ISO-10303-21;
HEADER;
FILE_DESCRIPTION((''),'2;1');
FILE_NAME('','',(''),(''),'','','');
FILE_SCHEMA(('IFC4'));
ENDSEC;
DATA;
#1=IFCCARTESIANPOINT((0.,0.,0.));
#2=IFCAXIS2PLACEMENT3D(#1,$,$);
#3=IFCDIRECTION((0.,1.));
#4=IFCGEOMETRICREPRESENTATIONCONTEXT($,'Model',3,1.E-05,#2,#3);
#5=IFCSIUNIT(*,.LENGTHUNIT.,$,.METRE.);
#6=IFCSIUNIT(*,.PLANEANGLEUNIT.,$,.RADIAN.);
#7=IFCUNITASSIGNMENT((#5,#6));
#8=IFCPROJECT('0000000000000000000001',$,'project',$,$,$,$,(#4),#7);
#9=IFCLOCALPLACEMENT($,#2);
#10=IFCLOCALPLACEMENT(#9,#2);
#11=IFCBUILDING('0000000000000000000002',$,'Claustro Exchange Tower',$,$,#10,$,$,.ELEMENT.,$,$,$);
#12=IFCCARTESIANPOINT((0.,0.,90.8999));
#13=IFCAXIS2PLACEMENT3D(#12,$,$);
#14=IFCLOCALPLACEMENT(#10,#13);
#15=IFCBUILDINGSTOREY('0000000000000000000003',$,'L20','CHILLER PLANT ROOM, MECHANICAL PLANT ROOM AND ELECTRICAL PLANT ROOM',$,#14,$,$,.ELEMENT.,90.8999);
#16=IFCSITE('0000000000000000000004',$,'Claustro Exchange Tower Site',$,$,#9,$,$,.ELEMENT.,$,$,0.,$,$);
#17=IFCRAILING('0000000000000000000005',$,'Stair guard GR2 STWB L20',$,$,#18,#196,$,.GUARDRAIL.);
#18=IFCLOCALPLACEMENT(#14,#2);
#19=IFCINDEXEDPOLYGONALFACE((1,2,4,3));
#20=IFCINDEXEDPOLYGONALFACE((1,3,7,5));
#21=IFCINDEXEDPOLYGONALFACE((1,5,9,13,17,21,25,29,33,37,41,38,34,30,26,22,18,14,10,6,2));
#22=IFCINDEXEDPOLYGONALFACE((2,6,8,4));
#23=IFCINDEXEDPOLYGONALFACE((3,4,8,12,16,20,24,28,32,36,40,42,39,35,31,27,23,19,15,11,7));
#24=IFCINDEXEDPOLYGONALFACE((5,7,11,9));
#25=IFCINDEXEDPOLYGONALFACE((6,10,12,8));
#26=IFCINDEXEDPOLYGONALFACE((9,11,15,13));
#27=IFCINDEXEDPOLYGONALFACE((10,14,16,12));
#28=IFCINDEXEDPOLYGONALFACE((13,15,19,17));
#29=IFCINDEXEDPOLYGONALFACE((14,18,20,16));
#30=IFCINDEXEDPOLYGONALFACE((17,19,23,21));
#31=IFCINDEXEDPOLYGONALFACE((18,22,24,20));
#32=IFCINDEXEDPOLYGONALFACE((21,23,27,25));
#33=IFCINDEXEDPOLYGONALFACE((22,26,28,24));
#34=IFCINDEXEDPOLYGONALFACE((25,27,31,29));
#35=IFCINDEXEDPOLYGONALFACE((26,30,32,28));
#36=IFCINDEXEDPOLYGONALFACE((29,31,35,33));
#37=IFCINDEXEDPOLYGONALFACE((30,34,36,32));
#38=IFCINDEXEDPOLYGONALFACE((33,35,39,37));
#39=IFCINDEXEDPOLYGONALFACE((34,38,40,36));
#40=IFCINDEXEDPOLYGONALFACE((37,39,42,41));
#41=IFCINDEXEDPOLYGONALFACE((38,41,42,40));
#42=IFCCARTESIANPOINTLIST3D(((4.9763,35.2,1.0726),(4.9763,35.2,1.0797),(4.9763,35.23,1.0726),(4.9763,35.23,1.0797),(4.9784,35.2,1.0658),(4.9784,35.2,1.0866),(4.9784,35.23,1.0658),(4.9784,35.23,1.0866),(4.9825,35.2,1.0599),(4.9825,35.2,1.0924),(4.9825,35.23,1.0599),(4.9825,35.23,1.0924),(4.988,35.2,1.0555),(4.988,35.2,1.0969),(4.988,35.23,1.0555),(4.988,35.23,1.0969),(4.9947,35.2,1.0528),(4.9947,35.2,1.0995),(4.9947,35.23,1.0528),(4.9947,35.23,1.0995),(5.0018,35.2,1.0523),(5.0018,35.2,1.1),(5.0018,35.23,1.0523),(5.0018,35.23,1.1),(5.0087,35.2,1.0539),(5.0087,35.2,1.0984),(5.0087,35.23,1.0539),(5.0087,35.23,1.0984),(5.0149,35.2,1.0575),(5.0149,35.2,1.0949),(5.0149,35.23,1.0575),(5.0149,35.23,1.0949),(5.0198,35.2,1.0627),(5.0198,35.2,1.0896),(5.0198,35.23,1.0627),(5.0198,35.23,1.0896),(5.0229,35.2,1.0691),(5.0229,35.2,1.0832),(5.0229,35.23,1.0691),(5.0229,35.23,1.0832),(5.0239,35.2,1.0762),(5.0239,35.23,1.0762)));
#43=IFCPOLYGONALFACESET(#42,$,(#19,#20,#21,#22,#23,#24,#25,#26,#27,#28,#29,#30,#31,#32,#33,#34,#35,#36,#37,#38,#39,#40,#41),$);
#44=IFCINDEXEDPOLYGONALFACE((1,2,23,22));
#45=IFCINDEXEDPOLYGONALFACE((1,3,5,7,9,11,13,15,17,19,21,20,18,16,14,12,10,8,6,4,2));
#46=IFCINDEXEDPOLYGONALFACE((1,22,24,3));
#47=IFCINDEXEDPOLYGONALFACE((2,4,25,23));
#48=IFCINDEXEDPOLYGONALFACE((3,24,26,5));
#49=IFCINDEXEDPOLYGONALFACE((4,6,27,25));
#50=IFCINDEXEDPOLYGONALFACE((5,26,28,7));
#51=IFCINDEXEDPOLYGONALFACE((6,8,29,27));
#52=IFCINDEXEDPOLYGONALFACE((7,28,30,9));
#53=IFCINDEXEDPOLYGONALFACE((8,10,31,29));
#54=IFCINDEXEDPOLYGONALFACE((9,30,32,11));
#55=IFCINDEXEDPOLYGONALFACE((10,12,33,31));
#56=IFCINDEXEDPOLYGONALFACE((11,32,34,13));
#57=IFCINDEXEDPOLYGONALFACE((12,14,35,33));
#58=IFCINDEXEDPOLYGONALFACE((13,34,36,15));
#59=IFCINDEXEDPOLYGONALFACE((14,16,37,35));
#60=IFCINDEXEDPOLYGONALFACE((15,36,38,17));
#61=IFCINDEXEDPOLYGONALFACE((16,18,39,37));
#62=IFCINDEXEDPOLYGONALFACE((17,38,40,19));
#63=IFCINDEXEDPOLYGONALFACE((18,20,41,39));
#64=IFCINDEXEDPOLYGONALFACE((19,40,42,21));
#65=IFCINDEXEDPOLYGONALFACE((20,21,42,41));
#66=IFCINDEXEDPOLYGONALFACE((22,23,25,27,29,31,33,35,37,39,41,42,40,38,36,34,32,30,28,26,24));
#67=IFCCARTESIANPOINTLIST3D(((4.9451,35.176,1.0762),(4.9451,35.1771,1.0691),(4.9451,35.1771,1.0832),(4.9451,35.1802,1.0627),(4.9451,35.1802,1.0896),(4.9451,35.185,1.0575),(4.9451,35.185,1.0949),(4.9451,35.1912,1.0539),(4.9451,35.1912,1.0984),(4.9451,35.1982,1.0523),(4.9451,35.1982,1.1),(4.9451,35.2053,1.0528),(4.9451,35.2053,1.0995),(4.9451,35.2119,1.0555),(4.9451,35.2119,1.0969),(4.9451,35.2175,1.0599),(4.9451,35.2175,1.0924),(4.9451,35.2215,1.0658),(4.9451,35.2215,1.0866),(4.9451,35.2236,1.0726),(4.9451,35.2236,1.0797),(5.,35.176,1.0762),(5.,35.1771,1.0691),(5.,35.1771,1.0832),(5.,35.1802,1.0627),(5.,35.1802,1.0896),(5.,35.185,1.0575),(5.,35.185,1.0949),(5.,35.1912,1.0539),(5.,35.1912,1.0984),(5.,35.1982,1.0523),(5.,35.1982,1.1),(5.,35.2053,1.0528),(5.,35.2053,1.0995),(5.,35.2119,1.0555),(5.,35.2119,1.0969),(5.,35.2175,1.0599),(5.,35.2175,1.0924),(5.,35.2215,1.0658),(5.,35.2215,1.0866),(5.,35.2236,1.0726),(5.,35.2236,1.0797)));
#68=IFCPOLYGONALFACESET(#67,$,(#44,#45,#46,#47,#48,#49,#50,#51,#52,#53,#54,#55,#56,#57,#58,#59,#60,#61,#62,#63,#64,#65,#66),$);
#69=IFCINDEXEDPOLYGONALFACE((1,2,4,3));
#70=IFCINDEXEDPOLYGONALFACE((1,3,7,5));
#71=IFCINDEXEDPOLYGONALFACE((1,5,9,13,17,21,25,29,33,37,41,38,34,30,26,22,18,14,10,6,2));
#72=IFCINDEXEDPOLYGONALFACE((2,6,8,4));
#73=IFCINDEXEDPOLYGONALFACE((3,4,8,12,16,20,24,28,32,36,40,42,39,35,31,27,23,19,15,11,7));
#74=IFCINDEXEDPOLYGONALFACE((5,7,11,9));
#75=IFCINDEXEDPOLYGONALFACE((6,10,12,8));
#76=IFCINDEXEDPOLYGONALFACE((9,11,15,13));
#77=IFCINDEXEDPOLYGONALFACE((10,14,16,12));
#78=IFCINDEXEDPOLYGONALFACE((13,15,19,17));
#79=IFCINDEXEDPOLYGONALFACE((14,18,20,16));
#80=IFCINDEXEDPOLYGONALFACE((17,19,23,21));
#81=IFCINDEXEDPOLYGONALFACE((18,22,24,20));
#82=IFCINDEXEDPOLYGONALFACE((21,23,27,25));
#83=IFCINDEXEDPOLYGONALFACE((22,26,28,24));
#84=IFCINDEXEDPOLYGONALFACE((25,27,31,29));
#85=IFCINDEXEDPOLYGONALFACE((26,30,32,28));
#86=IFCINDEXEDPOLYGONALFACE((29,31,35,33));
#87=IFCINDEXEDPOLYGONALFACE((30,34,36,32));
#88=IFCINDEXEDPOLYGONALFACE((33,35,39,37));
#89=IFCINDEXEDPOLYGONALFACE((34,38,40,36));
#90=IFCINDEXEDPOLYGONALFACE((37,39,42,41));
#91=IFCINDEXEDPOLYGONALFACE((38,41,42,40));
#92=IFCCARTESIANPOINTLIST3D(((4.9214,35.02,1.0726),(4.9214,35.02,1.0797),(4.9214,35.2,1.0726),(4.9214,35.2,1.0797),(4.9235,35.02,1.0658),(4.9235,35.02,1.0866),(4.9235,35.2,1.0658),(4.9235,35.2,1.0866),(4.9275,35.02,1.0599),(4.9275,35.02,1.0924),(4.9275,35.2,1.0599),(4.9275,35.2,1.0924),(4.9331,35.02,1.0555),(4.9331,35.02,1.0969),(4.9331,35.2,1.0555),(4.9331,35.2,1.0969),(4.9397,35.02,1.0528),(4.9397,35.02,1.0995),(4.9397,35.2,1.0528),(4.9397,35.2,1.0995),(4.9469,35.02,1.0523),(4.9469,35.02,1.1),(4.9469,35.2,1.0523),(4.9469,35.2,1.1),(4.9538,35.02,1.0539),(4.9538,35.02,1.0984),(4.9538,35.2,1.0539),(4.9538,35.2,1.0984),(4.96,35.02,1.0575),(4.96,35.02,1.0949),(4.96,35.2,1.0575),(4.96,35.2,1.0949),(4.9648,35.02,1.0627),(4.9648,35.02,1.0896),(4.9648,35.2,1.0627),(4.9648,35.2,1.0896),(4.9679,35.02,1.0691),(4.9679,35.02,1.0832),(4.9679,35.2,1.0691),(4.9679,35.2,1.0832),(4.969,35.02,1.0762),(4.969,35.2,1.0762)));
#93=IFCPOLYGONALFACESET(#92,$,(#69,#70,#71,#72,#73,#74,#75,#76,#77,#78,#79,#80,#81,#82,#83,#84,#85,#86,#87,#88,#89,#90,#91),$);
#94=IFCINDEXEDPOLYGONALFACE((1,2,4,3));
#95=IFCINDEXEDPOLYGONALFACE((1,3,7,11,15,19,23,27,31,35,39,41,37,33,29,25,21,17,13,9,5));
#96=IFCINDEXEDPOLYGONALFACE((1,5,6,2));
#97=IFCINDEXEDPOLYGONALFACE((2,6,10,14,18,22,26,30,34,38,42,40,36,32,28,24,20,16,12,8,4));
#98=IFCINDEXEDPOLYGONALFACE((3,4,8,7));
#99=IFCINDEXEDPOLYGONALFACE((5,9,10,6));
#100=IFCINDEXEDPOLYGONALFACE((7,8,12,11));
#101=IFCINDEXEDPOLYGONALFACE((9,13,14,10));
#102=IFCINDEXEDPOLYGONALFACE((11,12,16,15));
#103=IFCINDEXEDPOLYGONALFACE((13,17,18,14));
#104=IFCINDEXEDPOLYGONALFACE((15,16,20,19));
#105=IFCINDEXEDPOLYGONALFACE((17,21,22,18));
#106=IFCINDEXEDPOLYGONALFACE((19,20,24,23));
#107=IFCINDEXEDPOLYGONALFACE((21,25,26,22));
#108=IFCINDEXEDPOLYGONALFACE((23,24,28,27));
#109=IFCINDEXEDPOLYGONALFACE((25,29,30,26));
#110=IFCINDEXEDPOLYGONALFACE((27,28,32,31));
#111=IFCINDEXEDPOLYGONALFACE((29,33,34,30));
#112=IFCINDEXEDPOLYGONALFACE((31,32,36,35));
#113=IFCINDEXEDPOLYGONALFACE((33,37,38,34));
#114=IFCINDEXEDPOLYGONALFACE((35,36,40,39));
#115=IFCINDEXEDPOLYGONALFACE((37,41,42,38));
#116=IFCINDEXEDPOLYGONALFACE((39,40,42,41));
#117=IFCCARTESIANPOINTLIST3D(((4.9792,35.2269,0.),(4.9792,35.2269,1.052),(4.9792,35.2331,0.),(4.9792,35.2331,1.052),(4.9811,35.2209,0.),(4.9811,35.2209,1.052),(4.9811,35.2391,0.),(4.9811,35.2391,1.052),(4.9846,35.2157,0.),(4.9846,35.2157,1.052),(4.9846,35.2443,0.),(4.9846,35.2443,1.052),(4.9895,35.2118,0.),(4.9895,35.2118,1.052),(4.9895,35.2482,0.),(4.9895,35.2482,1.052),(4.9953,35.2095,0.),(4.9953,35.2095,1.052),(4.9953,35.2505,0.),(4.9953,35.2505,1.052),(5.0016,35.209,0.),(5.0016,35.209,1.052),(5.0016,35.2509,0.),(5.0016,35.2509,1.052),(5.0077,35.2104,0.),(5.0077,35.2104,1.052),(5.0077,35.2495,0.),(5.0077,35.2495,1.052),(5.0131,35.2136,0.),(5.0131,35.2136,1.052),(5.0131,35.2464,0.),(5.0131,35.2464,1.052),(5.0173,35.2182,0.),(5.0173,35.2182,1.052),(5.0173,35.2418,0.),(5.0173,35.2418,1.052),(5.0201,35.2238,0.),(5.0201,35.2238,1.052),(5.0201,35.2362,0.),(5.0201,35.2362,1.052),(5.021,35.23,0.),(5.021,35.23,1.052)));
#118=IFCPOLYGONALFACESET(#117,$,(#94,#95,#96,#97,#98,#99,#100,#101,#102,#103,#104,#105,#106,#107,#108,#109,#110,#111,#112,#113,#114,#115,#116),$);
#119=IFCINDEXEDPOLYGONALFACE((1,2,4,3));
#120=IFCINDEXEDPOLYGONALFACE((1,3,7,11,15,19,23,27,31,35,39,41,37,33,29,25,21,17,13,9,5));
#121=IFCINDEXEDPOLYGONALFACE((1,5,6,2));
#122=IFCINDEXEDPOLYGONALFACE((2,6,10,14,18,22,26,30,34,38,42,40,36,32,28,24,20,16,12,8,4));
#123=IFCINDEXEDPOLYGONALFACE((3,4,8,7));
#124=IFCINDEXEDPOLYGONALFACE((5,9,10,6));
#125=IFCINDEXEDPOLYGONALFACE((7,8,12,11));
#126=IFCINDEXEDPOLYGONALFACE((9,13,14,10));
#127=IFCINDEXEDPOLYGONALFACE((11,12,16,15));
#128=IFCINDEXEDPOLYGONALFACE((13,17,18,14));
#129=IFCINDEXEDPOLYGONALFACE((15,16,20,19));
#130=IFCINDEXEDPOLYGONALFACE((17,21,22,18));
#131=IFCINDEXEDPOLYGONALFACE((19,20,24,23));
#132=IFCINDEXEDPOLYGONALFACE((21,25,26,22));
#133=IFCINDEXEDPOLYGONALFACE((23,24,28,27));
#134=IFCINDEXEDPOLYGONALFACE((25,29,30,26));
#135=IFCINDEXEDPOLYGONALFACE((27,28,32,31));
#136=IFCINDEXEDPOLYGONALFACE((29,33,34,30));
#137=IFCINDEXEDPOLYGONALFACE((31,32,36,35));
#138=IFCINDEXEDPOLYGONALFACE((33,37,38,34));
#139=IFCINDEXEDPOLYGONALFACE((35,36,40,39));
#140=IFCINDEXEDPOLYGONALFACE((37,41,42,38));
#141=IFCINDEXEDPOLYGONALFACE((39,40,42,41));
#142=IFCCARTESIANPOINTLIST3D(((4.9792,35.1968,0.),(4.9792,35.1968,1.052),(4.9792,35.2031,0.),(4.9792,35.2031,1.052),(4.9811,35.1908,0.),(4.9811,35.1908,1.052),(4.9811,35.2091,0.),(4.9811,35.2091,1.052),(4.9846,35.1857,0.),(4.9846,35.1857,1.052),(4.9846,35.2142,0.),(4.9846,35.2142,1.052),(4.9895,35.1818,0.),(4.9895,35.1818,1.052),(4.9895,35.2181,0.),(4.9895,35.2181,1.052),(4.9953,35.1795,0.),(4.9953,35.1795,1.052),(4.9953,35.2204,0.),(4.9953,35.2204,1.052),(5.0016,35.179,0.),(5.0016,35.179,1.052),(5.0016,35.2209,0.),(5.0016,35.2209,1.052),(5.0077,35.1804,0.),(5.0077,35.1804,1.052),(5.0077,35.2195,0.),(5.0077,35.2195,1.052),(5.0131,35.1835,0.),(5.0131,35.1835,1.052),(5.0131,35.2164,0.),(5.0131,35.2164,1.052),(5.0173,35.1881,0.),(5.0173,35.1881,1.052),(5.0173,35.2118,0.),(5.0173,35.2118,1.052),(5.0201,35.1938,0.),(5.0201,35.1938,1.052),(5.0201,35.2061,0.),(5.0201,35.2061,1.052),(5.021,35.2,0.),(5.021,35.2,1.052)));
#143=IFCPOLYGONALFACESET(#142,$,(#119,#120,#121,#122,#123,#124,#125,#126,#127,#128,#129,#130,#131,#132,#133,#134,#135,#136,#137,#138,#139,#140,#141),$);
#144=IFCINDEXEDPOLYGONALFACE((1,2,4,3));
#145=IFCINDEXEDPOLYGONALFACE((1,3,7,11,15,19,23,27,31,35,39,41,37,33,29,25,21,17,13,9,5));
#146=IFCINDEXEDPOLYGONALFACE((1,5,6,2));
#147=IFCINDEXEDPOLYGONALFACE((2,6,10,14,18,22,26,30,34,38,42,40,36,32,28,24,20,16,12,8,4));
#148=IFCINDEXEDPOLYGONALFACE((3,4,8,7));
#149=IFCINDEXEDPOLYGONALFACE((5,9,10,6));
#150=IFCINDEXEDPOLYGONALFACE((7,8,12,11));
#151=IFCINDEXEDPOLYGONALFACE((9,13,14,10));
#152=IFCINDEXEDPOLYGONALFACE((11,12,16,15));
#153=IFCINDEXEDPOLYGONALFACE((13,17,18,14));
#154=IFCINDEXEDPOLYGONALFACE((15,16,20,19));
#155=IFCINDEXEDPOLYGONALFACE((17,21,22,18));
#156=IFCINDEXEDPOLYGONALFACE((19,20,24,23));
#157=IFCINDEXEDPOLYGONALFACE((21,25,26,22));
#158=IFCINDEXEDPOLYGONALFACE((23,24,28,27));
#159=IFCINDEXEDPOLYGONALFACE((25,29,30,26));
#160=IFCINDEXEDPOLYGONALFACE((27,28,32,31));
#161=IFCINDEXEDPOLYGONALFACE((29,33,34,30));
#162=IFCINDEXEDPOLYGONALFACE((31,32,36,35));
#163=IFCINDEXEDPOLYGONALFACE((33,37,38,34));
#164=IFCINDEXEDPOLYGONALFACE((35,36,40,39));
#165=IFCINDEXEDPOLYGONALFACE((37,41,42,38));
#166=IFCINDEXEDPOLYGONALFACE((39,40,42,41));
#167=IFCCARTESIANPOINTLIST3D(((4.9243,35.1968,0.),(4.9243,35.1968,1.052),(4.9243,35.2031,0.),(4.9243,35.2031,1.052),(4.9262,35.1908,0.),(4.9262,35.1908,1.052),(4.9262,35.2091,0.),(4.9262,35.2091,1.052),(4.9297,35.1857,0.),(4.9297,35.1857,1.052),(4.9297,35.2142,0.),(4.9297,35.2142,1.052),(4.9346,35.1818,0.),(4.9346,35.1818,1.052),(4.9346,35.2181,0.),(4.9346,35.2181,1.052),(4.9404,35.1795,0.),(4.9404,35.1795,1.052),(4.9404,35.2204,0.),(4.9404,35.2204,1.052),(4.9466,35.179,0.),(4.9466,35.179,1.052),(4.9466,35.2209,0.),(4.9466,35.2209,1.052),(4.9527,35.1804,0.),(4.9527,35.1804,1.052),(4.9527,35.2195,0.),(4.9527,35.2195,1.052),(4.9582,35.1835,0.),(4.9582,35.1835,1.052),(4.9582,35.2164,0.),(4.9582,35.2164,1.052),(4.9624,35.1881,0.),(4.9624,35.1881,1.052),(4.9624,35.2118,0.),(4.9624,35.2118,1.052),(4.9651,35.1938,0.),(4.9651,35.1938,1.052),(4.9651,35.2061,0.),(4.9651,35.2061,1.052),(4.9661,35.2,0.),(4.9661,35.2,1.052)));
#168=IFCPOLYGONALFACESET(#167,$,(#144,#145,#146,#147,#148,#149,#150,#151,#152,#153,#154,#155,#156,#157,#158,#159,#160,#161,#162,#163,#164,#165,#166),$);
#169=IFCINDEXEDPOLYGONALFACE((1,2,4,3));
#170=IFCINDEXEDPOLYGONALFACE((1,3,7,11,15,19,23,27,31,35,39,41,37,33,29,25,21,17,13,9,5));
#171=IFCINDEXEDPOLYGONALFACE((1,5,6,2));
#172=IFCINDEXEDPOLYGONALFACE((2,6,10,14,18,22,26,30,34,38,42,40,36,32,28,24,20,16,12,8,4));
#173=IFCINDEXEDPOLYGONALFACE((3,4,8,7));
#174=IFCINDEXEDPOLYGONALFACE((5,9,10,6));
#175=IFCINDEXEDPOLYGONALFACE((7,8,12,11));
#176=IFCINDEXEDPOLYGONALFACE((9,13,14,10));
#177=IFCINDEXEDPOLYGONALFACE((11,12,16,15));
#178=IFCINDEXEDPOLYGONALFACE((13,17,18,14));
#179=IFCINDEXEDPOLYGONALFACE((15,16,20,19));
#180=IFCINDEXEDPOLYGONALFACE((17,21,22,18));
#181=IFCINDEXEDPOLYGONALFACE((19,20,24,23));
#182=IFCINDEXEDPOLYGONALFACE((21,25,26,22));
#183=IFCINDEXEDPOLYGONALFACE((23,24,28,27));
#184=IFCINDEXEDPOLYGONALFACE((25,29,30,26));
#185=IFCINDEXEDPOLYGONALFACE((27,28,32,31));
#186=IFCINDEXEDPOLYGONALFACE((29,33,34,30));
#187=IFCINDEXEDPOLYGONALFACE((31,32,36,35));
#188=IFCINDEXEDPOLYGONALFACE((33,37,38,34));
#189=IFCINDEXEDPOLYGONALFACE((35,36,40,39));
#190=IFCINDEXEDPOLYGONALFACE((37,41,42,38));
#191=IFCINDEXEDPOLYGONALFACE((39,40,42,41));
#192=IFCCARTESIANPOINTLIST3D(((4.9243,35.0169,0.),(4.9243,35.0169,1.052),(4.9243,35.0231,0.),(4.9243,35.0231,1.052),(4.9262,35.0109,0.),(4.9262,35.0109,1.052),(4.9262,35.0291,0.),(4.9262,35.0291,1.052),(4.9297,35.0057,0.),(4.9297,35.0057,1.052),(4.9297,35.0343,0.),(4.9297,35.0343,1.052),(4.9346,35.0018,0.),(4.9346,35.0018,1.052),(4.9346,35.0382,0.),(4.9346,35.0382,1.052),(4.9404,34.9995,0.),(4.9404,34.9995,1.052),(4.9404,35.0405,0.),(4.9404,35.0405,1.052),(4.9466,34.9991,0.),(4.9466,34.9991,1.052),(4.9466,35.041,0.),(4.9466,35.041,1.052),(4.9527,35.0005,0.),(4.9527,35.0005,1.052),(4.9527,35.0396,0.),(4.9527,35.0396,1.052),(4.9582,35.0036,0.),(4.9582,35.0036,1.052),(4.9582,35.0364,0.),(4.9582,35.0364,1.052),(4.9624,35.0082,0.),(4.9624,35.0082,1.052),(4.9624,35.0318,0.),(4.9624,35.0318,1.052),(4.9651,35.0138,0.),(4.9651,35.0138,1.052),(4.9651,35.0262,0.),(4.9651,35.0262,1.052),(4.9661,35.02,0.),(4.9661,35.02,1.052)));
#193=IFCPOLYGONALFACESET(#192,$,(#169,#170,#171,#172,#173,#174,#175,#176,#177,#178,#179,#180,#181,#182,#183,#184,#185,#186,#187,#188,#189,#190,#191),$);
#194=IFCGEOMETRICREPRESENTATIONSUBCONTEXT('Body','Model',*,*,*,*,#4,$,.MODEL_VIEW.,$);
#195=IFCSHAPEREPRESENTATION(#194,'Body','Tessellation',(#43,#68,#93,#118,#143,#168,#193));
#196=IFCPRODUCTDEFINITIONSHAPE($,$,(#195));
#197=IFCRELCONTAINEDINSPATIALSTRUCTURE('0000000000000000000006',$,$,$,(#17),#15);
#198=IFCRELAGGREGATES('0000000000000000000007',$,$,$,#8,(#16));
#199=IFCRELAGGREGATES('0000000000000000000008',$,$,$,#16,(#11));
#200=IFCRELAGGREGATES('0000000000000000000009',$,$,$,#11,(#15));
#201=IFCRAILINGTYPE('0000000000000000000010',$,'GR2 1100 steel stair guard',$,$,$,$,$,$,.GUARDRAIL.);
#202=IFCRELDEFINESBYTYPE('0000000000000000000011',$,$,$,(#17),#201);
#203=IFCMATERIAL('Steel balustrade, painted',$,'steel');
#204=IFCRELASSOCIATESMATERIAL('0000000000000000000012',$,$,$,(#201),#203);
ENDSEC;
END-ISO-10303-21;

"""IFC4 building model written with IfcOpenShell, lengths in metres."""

from ifc_helpers import new_model, si_unit, direction, frame, origin, origin_2d, place, context, subcontext, project, spatial, circle, extrude, material, type_object, element, save


model = new_model("IFC4")

# Units and contexts
model_context = context("Model", 3, precision=1e-05, world=origin(), true_north=direction((0.0, 1.0)))
body_context = subcontext(model_context, "Body", "Model", "MODEL_VIEW")
ifc_project = project(units=[si_unit("LENGTHUNIT", "METRE"), si_unit("PLANEANGLEUNIT", "RADIAN")], contexts=[model_context])

# Site, building, storey
site_placement = place(None, origin())
site = spatial("IfcSite", under=ifc_project, at=site_placement, Name="Claustro Exchange Tower Site", CompositionType="ELEMENT", RefElevation=0.0)
building_placement = place(site_placement, origin())
building = spatial("IfcBuilding", under=site, at=building_placement, Name="Claustro Exchange Tower", CompositionType="ELEMENT")
storey_placement = place(building_placement, frame((0.0, 0.0, 90.8999)))
storey = spatial("IfcBuildingStorey", under=building, at=storey_placement, Name="L20", Description="CHILLER PLANT ROOM, MECHANICAL PLANT ROOM AND ELECTRICAL PLANT ROOM", CompositionType="ELEMENT", Elevation=90.8999)

# Railing
ifc_material_1 = material(Name="Steel balustrade, painted", Category="steel")
railing_type_1 = type_object("IfcRailingType", Name="GR2 1100 steel stair guard", PredefinedType="GUARDRAIL", material=ifc_material_1)
railing_1_placement = place(storey_placement, frame((5.0, 35.23, 0.0)))
element("IfcRailing", 1, at=railing_1_placement, inside=storey, type_object=railing_type_1, Name="Stair guard GR2 STWB L20", PredefinedType="GUARDRAIL", context=body_context, shape_type="SweptSolid", body=[
    extrude(circle(Radius=0.0239, at=origin_2d()), frame((0.0, 0.0, 1.0762), z_axis=(0.0, -1.0, 0.0), x_axis=(1.0, 0.0, 0.0)), (0.0, 0.0, 1.0), 0.03),
    extrude(circle(Radius=0.0239, at=origin_2d()), frame((0.0, -0.03, 1.0762), z_axis=(-1.0, 0.0, 0.0), x_axis=(0.0, -1.0, 0.0)), (0.0, 0.0, 1.0), 0.0549),
    extrude(circle(Radius=0.0239, at=origin_2d()), frame((-0.0549, -0.03, 1.0762), z_axis=(0.0, -1.0, 0.0), x_axis=(1.0, 0.0, 0.0)), (0.0, 0.0, 1.0), 0.1799),
    extrude(circle(Radius=0.021, at=origin_2d()), origin(), (0.0, 0.0, 1.0), 1.052),
    extrude(circle(Radius=0.021, at=origin_2d()), frame((0.0, -0.03, 0.0)), (0.0, 0.0, 1.0), 1.052),
    extrude(circle(Radius=0.021, at=origin_2d()), frame((-0.0549, -0.03, 0.0)), (0.0, 0.0, 1.0), 1.052),
    extrude(circle(Radius=0.021, at=origin_2d()), frame((-0.0549, -0.21, 0.0)), (0.0, 0.0, 1.0), 1.052),
])

save(model, "model.ifc")
